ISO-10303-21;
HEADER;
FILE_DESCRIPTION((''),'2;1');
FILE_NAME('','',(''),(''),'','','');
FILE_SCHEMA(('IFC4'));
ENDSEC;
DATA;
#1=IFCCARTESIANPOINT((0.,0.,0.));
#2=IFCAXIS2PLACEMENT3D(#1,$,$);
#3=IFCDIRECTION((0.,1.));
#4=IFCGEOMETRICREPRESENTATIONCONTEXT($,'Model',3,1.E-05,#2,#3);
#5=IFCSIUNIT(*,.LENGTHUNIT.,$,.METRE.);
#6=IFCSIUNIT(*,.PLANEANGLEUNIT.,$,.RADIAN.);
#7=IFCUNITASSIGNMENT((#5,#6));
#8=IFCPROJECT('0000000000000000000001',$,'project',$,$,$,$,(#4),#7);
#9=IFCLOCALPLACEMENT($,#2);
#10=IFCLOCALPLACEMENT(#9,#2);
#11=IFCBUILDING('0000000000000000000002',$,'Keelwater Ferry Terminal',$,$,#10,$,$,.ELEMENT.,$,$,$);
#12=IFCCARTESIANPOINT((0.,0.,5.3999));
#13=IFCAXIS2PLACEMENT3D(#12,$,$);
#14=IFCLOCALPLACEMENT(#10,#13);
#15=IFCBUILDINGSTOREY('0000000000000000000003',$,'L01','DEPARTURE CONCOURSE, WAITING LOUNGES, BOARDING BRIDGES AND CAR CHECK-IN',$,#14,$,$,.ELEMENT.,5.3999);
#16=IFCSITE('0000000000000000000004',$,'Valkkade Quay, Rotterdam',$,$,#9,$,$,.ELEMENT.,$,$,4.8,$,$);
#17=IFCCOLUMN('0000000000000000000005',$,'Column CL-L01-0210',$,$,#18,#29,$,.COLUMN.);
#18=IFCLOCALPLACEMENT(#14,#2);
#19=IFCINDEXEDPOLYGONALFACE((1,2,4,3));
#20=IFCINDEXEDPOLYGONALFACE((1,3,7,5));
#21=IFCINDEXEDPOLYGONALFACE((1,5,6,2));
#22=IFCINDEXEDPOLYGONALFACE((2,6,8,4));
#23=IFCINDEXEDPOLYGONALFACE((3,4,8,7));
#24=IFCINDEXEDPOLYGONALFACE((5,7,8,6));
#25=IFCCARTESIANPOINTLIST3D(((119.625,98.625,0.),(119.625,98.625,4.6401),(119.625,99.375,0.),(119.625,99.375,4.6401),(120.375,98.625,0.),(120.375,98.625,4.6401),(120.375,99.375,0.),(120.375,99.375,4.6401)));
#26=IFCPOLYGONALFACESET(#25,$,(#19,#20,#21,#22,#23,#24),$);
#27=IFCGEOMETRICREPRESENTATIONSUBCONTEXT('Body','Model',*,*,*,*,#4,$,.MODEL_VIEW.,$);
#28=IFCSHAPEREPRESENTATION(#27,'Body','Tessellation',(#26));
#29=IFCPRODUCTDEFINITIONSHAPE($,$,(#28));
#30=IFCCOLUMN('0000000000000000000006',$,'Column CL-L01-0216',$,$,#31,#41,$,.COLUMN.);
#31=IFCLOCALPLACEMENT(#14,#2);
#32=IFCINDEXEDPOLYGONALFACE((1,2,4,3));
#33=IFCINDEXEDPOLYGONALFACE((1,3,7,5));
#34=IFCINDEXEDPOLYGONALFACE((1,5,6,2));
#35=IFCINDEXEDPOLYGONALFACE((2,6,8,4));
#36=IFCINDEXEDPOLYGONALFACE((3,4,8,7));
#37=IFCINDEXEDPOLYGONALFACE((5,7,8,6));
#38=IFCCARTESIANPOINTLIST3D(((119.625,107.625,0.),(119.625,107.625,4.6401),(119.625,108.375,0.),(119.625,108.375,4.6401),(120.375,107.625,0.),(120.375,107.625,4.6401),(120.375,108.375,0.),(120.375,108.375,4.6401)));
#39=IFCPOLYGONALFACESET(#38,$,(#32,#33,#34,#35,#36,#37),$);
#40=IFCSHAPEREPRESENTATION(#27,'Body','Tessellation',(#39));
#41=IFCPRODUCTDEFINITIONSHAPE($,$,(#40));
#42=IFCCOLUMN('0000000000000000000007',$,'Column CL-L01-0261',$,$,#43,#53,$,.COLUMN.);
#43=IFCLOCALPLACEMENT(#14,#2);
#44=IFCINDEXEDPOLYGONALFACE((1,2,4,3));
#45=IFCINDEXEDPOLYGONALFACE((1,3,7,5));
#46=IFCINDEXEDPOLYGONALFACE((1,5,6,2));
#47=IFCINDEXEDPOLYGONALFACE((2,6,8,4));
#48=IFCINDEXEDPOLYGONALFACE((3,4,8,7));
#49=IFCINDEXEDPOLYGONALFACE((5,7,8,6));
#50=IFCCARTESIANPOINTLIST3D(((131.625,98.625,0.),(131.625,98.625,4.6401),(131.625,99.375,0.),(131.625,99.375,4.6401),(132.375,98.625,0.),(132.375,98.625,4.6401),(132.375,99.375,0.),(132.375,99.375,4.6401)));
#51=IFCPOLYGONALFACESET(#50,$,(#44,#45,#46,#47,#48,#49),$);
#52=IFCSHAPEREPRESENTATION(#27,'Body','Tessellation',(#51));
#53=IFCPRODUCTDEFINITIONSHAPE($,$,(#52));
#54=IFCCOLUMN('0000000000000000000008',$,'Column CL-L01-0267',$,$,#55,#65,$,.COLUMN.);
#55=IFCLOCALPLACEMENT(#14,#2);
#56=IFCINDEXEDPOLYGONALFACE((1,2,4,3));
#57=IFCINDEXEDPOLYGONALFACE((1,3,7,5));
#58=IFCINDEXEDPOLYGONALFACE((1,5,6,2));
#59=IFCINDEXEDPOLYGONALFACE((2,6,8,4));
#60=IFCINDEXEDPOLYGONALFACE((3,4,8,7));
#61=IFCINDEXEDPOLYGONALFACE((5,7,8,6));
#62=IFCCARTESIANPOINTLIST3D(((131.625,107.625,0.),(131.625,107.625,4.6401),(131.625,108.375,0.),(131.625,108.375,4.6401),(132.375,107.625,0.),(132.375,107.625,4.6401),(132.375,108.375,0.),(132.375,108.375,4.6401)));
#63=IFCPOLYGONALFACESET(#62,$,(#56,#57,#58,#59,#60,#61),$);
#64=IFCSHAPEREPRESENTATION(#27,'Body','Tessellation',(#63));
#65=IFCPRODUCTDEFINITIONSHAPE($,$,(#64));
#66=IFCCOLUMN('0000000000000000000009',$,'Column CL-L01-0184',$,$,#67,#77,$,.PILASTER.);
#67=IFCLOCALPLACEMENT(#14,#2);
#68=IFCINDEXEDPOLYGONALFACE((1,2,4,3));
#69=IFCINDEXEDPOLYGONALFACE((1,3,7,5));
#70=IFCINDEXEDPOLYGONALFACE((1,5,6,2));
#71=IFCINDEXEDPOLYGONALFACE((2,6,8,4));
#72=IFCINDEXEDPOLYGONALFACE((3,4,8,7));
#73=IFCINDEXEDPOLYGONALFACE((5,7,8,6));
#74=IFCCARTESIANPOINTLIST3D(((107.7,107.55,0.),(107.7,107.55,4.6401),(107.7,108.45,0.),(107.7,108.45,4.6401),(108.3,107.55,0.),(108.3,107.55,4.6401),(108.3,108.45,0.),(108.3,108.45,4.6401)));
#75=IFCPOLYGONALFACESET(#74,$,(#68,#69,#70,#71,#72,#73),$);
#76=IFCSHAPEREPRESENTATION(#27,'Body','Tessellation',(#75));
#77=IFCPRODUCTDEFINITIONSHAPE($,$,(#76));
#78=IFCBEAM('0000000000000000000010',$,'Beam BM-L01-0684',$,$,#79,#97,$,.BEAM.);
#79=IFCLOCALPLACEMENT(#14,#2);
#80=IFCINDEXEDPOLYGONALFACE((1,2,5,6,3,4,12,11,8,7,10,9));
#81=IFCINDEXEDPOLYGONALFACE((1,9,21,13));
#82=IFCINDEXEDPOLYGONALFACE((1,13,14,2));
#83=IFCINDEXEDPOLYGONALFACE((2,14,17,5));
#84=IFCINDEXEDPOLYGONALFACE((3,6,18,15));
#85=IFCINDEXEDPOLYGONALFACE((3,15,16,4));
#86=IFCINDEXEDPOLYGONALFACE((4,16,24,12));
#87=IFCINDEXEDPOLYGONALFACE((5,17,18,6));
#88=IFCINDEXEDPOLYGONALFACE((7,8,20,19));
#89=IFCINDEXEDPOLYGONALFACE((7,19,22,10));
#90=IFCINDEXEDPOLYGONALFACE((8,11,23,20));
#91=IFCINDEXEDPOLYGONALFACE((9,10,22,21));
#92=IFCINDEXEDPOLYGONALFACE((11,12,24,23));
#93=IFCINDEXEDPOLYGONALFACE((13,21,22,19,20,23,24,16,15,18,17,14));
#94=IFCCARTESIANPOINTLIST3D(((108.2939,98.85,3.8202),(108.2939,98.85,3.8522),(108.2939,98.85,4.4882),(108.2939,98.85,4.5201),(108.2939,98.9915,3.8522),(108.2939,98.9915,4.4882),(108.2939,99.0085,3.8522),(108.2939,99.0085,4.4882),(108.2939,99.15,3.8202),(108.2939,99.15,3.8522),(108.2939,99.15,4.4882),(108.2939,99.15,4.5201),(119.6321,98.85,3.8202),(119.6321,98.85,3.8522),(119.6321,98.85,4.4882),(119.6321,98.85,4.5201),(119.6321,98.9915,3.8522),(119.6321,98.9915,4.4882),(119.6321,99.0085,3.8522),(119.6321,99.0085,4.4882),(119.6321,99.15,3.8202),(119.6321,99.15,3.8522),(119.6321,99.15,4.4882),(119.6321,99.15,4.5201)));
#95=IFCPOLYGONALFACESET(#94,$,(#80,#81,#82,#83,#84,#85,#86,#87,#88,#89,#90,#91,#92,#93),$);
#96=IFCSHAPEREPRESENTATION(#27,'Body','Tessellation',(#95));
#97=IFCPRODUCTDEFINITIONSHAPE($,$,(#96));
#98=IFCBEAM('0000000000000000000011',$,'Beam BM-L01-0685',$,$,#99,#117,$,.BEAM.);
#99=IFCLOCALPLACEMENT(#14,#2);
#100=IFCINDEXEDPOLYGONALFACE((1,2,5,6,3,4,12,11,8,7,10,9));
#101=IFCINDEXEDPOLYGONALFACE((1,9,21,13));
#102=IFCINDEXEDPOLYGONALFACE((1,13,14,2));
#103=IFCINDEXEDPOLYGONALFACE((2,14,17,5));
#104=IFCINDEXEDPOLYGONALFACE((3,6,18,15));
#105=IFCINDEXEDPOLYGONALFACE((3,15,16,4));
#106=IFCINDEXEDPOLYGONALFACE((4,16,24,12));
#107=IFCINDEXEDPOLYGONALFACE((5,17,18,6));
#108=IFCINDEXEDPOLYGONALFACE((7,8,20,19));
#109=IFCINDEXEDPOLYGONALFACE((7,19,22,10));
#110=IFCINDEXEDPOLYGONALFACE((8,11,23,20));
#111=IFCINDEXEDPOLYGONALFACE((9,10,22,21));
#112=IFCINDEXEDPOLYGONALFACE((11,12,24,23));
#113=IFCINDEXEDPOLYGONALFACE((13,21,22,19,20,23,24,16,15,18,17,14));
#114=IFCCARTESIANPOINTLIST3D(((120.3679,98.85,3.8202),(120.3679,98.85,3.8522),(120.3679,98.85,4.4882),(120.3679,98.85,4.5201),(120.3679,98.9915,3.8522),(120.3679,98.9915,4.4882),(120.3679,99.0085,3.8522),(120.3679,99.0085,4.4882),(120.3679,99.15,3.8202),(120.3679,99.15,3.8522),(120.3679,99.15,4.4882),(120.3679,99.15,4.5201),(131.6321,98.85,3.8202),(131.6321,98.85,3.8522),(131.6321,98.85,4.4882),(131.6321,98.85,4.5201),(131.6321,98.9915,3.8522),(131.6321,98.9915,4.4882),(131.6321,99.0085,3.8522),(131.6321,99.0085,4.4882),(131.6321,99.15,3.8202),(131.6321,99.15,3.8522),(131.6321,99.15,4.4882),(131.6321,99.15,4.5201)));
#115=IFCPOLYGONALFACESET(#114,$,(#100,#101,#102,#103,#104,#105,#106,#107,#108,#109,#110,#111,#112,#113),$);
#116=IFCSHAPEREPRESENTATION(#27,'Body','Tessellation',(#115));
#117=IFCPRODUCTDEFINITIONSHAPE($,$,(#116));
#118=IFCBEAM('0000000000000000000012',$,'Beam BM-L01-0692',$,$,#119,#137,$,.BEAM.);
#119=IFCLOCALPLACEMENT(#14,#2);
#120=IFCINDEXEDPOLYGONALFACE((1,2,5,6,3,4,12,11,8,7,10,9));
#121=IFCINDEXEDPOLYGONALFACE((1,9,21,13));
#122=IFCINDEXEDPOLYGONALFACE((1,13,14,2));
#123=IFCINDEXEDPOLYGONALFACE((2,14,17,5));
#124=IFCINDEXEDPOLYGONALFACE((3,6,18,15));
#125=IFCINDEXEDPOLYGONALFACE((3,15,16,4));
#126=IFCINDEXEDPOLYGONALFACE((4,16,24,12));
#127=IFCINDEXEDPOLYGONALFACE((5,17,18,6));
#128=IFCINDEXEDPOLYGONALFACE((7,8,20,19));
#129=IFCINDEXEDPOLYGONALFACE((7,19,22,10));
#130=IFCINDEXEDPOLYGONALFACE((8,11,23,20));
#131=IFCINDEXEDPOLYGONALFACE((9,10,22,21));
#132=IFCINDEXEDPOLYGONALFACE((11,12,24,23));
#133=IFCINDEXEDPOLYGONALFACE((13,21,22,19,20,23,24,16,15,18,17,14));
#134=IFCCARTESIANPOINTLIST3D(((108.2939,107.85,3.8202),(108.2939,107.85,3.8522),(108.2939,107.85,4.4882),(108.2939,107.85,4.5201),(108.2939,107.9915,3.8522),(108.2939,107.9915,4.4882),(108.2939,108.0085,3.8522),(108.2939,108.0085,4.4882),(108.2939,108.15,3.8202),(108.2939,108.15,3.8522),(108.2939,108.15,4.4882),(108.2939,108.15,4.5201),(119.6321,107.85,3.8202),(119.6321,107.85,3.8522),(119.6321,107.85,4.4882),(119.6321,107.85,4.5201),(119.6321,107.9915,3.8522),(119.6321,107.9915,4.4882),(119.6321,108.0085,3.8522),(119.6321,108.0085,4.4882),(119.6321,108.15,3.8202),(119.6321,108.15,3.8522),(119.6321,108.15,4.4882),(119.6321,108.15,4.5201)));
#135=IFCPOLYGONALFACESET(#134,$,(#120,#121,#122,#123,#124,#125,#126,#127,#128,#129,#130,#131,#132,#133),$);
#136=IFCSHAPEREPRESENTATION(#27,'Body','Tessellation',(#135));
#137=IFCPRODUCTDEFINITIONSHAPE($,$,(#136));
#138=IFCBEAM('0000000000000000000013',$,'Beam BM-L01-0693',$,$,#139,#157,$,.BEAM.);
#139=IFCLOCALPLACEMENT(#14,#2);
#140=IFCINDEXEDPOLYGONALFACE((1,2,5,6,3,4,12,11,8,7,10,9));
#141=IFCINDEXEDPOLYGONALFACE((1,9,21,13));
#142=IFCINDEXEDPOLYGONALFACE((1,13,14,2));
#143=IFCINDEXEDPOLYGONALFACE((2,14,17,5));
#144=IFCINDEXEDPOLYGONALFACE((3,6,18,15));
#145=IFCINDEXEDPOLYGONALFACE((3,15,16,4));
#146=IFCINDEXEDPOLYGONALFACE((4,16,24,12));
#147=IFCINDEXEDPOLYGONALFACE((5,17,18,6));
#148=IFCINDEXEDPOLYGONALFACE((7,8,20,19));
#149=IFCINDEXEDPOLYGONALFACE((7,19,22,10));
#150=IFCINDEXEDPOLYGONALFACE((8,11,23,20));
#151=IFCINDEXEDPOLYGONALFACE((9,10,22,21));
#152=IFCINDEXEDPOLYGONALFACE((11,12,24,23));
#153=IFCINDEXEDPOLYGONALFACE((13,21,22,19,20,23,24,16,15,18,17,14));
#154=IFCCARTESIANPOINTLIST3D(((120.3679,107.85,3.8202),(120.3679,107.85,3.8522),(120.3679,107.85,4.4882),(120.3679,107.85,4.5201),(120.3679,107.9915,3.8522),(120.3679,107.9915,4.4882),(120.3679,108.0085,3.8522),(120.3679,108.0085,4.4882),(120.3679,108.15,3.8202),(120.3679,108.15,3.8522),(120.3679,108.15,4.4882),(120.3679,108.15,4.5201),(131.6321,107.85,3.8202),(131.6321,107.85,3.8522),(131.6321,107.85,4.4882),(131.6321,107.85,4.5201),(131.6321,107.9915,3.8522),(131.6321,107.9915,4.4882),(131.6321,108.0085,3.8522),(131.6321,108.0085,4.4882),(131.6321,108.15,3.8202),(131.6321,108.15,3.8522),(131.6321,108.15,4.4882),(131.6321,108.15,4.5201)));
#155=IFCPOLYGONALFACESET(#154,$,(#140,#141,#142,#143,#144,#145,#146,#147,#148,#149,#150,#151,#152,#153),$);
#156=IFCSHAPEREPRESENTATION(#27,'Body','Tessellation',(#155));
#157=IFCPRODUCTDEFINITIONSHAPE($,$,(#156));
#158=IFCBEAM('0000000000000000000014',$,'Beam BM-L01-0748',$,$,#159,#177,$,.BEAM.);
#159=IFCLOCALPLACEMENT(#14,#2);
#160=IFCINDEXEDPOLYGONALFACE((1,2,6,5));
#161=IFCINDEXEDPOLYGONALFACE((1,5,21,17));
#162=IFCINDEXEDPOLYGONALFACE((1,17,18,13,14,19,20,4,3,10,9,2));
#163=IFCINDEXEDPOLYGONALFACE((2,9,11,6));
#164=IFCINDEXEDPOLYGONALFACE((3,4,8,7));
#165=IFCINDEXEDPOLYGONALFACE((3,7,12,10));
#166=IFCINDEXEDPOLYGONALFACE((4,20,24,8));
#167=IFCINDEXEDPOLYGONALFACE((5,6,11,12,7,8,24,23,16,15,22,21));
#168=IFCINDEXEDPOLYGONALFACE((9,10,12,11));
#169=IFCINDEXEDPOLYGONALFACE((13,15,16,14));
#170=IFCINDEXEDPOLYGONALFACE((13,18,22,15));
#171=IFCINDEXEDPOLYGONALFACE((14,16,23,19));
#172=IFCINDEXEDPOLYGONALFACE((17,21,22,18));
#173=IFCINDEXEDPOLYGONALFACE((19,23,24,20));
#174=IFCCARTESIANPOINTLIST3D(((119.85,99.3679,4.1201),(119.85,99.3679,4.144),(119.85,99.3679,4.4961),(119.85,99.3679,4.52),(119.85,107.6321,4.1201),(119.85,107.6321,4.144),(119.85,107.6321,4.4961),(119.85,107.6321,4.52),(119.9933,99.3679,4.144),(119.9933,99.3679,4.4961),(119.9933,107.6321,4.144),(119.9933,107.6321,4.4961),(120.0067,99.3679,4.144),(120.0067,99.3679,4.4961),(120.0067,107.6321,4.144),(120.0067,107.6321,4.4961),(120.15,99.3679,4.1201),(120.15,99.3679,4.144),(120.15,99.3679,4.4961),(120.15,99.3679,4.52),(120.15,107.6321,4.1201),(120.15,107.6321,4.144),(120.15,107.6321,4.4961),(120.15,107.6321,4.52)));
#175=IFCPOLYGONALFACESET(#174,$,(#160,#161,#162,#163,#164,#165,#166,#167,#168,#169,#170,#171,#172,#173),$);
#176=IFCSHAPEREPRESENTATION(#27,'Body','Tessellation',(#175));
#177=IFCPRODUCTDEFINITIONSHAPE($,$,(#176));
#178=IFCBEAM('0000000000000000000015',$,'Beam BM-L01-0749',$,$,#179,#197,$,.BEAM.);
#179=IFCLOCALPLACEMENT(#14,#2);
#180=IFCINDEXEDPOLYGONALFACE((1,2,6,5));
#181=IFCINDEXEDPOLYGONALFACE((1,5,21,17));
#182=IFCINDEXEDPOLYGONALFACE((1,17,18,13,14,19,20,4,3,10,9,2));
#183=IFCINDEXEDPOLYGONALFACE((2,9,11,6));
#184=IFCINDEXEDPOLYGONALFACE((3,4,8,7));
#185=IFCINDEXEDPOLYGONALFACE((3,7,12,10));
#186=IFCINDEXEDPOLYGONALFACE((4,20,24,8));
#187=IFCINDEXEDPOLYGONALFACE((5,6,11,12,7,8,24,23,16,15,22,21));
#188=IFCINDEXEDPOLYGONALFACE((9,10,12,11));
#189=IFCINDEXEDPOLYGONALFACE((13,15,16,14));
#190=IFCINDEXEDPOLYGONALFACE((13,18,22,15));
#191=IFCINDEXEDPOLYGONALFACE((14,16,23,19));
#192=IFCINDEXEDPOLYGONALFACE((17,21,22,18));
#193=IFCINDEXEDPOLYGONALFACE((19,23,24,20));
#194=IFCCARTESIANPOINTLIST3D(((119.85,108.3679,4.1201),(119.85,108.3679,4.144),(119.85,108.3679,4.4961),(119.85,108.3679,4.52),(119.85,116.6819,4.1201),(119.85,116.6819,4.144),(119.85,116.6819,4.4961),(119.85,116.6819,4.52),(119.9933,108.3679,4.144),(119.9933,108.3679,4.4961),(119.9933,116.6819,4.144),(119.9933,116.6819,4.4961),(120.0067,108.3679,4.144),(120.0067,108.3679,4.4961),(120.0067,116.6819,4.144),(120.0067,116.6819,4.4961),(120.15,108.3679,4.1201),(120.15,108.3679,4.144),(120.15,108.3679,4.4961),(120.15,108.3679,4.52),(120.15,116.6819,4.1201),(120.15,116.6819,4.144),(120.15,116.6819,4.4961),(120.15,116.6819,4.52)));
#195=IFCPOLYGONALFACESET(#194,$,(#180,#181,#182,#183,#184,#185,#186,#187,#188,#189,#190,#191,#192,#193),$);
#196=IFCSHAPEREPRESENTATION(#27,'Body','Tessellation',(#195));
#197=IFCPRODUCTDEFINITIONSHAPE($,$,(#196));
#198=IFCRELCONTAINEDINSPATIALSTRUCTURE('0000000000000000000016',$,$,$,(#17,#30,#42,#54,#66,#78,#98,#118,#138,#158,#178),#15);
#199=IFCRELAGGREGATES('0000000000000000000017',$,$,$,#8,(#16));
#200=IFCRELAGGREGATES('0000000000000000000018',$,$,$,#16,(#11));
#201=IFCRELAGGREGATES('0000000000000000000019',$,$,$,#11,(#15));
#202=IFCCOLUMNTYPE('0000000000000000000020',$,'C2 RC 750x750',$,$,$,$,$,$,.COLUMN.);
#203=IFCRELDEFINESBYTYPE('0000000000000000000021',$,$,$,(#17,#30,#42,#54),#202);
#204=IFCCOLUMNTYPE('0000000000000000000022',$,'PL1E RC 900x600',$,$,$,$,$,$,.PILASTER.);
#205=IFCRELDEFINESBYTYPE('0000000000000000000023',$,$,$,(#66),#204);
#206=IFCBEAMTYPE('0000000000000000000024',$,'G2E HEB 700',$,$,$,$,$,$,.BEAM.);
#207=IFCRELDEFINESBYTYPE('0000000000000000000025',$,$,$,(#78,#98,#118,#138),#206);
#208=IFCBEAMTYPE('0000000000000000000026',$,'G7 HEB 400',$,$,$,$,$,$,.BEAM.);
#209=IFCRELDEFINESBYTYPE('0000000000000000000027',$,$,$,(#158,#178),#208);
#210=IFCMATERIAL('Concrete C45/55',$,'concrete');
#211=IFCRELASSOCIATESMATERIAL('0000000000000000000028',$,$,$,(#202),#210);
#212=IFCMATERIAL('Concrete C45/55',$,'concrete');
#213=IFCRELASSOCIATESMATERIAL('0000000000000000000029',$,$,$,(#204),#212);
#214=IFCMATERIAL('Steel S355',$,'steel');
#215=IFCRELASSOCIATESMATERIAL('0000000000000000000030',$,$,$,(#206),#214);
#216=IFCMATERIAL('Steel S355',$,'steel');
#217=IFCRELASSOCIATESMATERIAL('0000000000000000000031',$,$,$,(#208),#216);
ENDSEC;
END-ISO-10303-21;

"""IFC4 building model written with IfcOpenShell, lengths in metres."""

from ifc_helpers import new_model, si_unit, direction, frame, origin, origin_2d, place, context, subcontext, project, spatial, rectangle, i_section, extrude, material, material_profile, profile_set, type_object, element, save


model = new_model("IFC4")

# Units and contexts
model_context = context("Model", 3, precision=1e-05, world=origin(), true_north=direction((0.0, 1.0)))
body_context = subcontext(model_context, "Body", "Model", "MODEL_VIEW")
ifc_project = project(units=[si_unit("LENGTHUNIT", "METRE"), si_unit("PLANEANGLEUNIT", "RADIAN")], contexts=[model_context])

# Site, building, storey
site_placement = place(None, origin())
site = spatial("IfcSite", under=ifc_project, at=site_placement, Name="Valkkade Quay, Rotterdam", CompositionType="ELEMENT", RefElevation=4.8)
building_placement = place(site_placement, origin())
building = spatial("IfcBuilding", under=site, at=building_placement, Name="Keelwater Ferry Terminal", CompositionType="ELEMENT")
storey_placement = place(building_placement, frame((0.0, 0.0, 5.3999)))
storey = spatial("IfcBuildingStorey", under=building, at=storey_placement, Name="L01", Description="DEPARTURE CONCOURSE, WAITING LOUNGES, BOARDING BRIDGES AND CAR CHECK-IN", CompositionType="ELEMENT", Elevation=5.3999)

# Columns
ifc_material_1 = material(Name="Concrete C45/55", Category="concrete")
ifc_material_profile_1 = material_profile(ifc_material_1, rectangle(XDim=0.75, YDim=0.75, at=origin_2d()), Name="RC 750x750")
ifc_profile_set_1 = profile_set([ifc_material_profile_1], Name="Concrete C45/55")
column_type_1 = type_object("IfcColumnType", Name="C2 RC 750x750", PredefinedType="COLUMN", material=ifc_profile_set_1)
for number, where, z_axis, x_axis, name in (
    (1, (120.0, 99.0, 0.0), (0.0, 0.0, 1.0), (1.0, 0.0, 0.0), "Column CL-L01-0210"),
    (2, (120.0, 108.0, 0.0), (0.0, 0.0, 1.0), (1.0, 0.0, 0.0), "Column CL-L01-0216"),
    (3, (132.0, 99.0, 0.0), (0.0, 0.0, 1.0), (1.0, 0.0, 0.0), "Column CL-L01-0261"),
    (4, (132.0, 108.0, 0.0), (0.0, 0.0, 1.0), (1.0, 0.0, 0.0), "Column CL-L01-0267"),
):
    element("IfcColumn", number, at=place(storey_placement, frame(where, z_axis=z_axis, x_axis=x_axis)), inside=storey, type_object=column_type_1, Name=name, PredefinedType="COLUMN", context=body_context, shape_type="SweptSolid", body=[
        extrude(rectangle(XDim=0.75, YDim=0.75, at=origin_2d()), origin(), (0.0, 0.0, 1.0), 4.6401),
    ])
ifc_material_2 = material(Name="Concrete C45/55", Category="concrete")
ifc_material_profile_2 = material_profile(ifc_material_2, rectangle(XDim=0.6001, YDim=0.8999, at=origin_2d()), Name="RC 900x600")
ifc_profile_set_2 = profile_set([ifc_material_profile_2], Name="Concrete C45/55")
column_type_2 = type_object("IfcColumnType", Name="PL1E RC 900x600", PredefinedType="PILASTER", material=ifc_profile_set_2)
column_placement = place(storey_placement, frame((108.0, 108.0, 0.0), z_axis=(0.0, 0.0, 1.0), x_axis=(1.0, 0.0, 0.0)))
element("IfcColumn", 5, at=column_placement, inside=storey, type_object=column_type_2, Name="Column CL-L01-0184", PredefinedType="PILASTER", context=body_context, shape_type="SweptSolid", body=[
    extrude(rectangle(XDim=0.6001, YDim=0.8999, at=origin_2d()), origin(), (0.0, 0.0, 1.0), 4.6401),
])

# Beams
ifc_material_3 = material(Name="Steel S355", Category="steel")
ifc_material_profile_3 = material_profile(ifc_material_3, i_section(OverallWidth=0.3, OverallDepth=0.7, WebThickness=0.0171, FlangeThickness=0.032, at=origin_2d()), Name="HEB 700")
ifc_profile_set_3 = profile_set([ifc_material_profile_3], Name="Steel S355")
beam_type_1 = type_object("IfcBeamType", Name="G2E HEB 700", PredefinedType="BEAM", material=ifc_profile_set_3)
beam_1_placement = place(storey_placement, frame((108.2939, 99.0, 4.1702), z_axis=(1.0, 0.0, 0.0), x_axis=(0.0, 1.0, 0.0)))
element("IfcBeam", 6, at=beam_1_placement, inside=storey, type_object=beam_type_1, Name="Beam BM-L01-0684", PredefinedType="BEAM", context=body_context, shape_type="SweptSolid", body=[
    extrude(i_section(OverallWidth=0.3, OverallDepth=0.7, WebThickness=0.0171, FlangeThickness=0.032, at=origin_2d()), origin(), (0.0, 0.0, 1.0), 11.3381),
])
beam_2_placement = place(storey_placement, frame((120.3679, 99.0, 4.1702), z_axis=(1.0, 0.0, 0.0), x_axis=(0.0, 1.0, 0.0)))
element("IfcBeam", 7, at=beam_2_placement, inside=storey, type_object=beam_type_1, Name="Beam BM-L01-0685", PredefinedType="BEAM", context=body_context, shape_type="SweptSolid", body=[
    extrude(i_section(OverallWidth=0.3, OverallDepth=0.7, WebThickness=0.0171, FlangeThickness=0.032, at=origin_2d()), origin(), (0.0, 0.0, 1.0), 11.2642),
])
beam_3_placement = place(storey_placement, frame((108.2939, 108.0, 4.1702), z_axis=(1.0, 0.0, 0.0), x_axis=(0.0, 1.0, 0.0)))
element("IfcBeam", 8, at=beam_3_placement, inside=storey, type_object=beam_type_1, Name="Beam BM-L01-0692", PredefinedType="BEAM", context=body_context, shape_type="SweptSolid", body=[
    extrude(i_section(OverallWidth=0.3, OverallDepth=0.7, WebThickness=0.0171, FlangeThickness=0.032, at=origin_2d()), origin(), (0.0, 0.0, 1.0), 11.3381),
])
beam_4_placement = place(storey_placement, frame((120.3679, 108.0, 4.1702), z_axis=(1.0, 0.0, 0.0), x_axis=(0.0, 1.0, 0.0)))
element("IfcBeam", 9, at=beam_4_placement, inside=storey, type_object=beam_type_1, Name="Beam BM-L01-0693", PredefinedType="BEAM", context=body_context, shape_type="SweptSolid", body=[
    extrude(i_section(OverallWidth=0.3, OverallDepth=0.7, WebThickness=0.0171, FlangeThickness=0.032, at=origin_2d()), origin(), (0.0, 0.0, 1.0), 11.2642),
])
ifc_material_4 = material(Name="Steel S355", Category="steel")
ifc_material_profile_4 = material_profile(ifc_material_4, i_section(OverallWidth=0.3, OverallDepth=0.3999, WebThickness=0.0134, FlangeThickness=0.0239, at=origin_2d()), Name="HEB 400")
ifc_profile_set_4 = profile_set([ifc_material_profile_4], Name="Steel S355")
beam_type_2 = type_object("IfcBeamType", Name="G7 HEB 400", PredefinedType="BEAM", material=ifc_profile_set_4)
beam_5_placement = place(storey_placement, frame((120.0, 99.3679, 4.3201), z_axis=(0.0, 1.0, 0.0), x_axis=(-1.0, 0.0, 0.0)))
element("IfcBeam", 10, at=beam_5_placement, inside=storey, type_object=beam_type_2, Name="Beam BM-L01-0748", PredefinedType="BEAM", context=body_context, shape_type="SweptSolid", body=[
    extrude(i_section(OverallWidth=0.3, OverallDepth=0.3999, WebThickness=0.0134, FlangeThickness=0.0239, at=origin_2d()), origin(), (0.0, 0.0, 1.0), 8.2642),
])
beam_6_placement = place(storey_placement, frame((120.0, 108.3679, 4.3201), z_axis=(0.0, 1.0, 0.0), x_axis=(-1.0, 0.0, 0.0)))
element("IfcBeam", 11, at=beam_6_placement, inside=storey, type_object=beam_type_2, Name="Beam BM-L01-0749", PredefinedType="BEAM", context=body_context, shape_type="SweptSolid", body=[
    extrude(i_section(OverallWidth=0.3, OverallDepth=0.3999, WebThickness=0.0134, FlangeThickness=0.0239, at=origin_2d()), origin(), (0.0, 0.0, 1.0), 8.314),
])

save(model, "model.ifc")
